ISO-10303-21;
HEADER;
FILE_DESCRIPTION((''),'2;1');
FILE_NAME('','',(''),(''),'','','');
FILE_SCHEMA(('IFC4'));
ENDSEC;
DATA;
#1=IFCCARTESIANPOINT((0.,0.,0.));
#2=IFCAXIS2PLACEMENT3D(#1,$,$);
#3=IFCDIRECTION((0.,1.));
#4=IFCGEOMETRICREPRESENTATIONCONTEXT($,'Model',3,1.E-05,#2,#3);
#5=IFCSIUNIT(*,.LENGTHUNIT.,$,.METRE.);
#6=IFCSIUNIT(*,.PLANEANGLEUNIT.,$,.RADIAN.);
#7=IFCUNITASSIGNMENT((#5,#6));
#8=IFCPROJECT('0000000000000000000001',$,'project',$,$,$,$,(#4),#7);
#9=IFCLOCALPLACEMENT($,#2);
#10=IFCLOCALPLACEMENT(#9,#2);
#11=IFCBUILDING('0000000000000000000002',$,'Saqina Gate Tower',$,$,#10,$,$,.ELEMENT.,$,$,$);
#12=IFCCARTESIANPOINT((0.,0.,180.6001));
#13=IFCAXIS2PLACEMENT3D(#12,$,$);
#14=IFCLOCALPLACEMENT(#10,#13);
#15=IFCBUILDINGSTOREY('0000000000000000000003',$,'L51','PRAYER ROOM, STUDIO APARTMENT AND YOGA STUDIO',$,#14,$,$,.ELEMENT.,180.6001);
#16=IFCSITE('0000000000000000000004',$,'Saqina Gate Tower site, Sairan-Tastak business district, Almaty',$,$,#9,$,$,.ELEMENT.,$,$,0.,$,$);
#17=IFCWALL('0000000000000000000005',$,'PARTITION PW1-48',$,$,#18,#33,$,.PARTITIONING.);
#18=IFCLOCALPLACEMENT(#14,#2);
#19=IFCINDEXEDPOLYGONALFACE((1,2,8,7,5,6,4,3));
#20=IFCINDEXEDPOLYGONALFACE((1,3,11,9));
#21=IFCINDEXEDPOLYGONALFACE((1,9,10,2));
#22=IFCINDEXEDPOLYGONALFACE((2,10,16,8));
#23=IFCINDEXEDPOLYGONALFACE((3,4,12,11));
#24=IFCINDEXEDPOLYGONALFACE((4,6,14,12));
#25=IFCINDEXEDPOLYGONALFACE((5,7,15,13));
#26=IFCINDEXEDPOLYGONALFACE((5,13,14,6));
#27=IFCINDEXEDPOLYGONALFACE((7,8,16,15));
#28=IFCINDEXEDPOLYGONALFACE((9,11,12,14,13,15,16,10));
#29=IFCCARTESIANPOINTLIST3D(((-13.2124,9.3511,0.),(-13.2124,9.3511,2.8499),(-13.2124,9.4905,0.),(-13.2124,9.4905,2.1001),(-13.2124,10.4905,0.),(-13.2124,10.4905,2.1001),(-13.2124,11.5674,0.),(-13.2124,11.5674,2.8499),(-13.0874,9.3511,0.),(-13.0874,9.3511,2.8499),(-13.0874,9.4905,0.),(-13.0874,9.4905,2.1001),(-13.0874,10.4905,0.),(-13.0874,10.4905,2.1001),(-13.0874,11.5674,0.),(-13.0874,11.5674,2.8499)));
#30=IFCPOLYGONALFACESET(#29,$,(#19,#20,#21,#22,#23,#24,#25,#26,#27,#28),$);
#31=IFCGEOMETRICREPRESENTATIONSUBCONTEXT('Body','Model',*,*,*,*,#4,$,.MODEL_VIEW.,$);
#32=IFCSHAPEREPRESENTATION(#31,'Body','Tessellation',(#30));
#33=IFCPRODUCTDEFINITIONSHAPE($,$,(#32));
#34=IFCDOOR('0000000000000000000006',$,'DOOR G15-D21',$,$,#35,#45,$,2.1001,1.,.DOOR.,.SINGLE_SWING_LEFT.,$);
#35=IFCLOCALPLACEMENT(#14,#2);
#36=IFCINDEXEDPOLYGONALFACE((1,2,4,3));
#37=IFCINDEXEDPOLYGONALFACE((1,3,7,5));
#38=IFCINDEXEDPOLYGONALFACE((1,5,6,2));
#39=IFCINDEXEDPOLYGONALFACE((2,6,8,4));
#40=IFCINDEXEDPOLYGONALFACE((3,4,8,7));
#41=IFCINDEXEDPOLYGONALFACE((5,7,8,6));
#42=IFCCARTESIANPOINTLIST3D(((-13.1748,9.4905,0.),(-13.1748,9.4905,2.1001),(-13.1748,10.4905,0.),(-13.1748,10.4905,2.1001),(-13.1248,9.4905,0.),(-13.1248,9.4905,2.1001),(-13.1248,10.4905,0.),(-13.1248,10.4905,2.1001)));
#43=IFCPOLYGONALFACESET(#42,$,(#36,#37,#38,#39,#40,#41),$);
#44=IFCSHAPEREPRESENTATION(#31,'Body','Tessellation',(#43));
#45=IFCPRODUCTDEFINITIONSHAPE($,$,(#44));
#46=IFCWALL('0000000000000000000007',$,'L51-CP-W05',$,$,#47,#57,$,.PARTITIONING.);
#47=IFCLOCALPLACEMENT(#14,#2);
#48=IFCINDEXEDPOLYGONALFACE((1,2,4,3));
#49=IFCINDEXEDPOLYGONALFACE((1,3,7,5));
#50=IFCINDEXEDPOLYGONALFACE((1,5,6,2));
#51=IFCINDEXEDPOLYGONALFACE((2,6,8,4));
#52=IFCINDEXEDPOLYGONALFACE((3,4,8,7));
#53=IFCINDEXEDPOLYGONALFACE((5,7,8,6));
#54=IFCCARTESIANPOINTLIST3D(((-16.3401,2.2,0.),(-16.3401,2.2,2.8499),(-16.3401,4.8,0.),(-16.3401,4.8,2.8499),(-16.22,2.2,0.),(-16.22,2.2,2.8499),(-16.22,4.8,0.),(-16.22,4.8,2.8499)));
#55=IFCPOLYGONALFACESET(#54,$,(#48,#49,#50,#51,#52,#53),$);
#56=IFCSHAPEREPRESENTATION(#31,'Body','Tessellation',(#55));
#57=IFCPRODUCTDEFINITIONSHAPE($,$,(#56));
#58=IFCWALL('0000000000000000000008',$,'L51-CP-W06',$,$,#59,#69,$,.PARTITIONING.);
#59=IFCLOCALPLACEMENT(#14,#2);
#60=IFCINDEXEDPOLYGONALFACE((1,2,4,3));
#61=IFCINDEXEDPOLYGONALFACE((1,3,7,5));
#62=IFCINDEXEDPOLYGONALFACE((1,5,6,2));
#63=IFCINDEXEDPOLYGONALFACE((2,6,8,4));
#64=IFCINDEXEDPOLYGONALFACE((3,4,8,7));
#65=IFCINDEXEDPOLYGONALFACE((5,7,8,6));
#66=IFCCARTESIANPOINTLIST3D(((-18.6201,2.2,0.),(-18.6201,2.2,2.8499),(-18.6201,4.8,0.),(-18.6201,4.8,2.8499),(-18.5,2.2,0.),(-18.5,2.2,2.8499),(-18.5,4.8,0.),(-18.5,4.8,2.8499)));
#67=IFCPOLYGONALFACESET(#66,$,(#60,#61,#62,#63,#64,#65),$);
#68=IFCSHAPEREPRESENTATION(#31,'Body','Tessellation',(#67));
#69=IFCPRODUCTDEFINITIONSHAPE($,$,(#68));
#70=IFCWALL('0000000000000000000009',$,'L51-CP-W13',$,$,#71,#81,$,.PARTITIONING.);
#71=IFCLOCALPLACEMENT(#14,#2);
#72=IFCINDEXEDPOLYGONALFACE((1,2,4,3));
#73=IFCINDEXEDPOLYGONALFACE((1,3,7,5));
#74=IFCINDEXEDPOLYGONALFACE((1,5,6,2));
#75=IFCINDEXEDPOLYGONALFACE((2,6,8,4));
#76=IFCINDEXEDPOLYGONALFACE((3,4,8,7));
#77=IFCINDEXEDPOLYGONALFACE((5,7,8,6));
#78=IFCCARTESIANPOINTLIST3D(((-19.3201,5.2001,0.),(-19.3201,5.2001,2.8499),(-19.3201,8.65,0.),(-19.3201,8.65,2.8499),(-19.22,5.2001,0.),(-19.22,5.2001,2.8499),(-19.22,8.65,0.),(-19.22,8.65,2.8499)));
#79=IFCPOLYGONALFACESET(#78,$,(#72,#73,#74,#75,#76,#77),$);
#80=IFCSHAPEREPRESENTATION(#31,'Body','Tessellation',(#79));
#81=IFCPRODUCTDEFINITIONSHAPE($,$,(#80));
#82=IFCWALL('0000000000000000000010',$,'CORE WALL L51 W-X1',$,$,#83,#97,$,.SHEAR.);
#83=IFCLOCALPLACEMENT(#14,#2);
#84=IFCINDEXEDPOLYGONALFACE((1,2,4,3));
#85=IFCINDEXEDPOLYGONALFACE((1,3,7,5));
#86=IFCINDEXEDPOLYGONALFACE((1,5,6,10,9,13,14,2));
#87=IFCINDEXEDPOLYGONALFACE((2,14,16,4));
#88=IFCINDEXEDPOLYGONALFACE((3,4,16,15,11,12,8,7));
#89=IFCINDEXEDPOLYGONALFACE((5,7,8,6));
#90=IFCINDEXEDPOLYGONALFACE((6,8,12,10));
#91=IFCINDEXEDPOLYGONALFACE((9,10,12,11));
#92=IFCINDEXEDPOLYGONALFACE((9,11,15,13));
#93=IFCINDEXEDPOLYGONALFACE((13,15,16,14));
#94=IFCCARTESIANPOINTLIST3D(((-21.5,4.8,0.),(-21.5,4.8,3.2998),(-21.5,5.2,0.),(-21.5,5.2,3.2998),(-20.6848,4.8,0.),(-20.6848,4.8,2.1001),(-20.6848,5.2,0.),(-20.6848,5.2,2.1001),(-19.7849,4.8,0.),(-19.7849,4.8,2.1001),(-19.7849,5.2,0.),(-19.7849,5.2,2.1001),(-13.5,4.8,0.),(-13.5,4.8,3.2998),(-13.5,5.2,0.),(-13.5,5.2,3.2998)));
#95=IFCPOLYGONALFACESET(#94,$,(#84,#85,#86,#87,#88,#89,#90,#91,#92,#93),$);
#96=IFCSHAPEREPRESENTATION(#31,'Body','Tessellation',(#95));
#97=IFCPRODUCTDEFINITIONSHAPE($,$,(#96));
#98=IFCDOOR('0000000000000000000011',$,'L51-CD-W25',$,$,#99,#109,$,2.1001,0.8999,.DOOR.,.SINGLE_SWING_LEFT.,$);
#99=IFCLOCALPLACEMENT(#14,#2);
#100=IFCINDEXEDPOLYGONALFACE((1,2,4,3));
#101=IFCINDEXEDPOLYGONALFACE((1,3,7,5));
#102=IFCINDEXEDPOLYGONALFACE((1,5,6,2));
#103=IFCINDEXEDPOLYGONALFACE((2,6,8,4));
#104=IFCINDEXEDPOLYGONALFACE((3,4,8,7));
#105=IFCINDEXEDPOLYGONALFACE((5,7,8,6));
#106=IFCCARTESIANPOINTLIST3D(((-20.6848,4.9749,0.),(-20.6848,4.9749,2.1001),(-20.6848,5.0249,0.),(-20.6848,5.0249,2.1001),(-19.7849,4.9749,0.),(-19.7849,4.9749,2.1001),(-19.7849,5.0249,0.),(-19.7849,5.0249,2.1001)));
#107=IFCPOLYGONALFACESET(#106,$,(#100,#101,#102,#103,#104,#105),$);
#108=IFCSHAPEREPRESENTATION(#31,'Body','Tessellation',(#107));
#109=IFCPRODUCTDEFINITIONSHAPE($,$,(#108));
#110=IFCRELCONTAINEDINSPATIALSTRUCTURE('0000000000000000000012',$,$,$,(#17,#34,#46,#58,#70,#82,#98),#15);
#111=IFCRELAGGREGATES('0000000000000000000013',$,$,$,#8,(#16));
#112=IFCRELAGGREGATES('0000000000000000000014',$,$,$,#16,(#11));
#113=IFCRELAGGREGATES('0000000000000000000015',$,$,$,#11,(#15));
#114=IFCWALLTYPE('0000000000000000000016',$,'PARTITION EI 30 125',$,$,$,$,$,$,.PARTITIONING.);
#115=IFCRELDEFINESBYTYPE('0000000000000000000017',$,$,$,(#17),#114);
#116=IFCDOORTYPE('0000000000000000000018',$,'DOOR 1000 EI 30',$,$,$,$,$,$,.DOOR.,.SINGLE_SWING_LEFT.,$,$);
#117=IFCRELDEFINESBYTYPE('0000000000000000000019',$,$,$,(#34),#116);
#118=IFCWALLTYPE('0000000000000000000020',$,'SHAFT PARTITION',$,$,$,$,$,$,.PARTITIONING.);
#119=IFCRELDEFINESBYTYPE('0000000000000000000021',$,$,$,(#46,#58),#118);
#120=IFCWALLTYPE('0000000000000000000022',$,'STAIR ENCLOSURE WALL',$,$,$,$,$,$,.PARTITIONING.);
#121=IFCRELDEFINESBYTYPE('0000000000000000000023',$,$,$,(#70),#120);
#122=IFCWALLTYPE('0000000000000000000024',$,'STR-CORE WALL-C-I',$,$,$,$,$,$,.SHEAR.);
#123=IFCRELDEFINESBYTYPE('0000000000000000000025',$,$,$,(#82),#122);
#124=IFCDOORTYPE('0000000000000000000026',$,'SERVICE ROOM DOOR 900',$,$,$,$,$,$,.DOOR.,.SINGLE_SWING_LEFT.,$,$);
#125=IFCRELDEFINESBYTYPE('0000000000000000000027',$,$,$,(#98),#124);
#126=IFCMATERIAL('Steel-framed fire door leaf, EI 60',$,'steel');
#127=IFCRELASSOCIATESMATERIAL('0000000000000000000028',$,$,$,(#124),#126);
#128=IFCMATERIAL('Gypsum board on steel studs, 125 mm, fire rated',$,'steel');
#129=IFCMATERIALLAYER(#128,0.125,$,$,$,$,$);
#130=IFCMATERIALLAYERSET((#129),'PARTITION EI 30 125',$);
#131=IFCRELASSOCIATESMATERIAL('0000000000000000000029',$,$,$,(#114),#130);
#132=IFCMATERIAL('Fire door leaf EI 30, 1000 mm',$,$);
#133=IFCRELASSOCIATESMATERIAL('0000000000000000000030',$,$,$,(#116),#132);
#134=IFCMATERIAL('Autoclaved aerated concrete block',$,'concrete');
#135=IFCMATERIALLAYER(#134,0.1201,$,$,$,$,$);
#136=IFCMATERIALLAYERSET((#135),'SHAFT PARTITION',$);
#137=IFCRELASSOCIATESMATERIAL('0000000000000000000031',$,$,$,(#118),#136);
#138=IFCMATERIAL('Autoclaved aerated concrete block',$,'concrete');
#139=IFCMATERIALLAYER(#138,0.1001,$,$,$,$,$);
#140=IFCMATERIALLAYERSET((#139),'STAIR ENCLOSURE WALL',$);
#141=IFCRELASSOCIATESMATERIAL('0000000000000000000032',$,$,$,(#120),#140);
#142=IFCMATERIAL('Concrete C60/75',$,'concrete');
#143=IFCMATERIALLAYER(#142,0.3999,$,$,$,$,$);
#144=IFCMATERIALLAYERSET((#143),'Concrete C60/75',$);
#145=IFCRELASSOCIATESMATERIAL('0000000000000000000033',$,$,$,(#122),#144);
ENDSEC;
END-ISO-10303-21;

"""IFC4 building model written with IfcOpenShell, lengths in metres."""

from ifc_helpers import new_model, si_unit, direction, frame, frame_2d, origin, place, context, subcontext, project, spatial, rectangle, extrude, material, layer, layer_set, type_object, element, fill, save


model = new_model("IFC4")

# Units and contexts
model_context = context("Model", 3, precision=1e-05, world=origin(), true_north=direction((0.0, 1.0)))
body_context = subcontext(model_context, "Body", "Model", "MODEL_VIEW")
ifc_project = project(units=[si_unit("LENGTHUNIT", "METRE"), si_unit("PLANEANGLEUNIT", "RADIAN")], contexts=[model_context])

# Site, building, storey
site_placement = place(None, origin())
site = spatial("IfcSite", under=ifc_project, at=site_placement, Name="Saqina Gate Tower site, Sairan-Tastak business district, Almaty", CompositionType="ELEMENT", RefElevation=0.0)
building_placement = place(site_placement, origin())
building = spatial("IfcBuilding", under=site, at=building_placement, Name="Saqina Gate Tower", CompositionType="ELEMENT")
storey_placement = place(building_placement, frame((0.0, 0.0, 180.6001)))
storey = spatial("IfcBuildingStorey", under=building, at=storey_placement, Name="L51", Description="PRAYER ROOM, STUDIO APARTMENT AND YOGA STUDIO", CompositionType="ELEMENT", Elevation=180.6001)

# Shared definitions
ifc_material_1 = material(Name="Steel-framed fire door leaf, EI 60", Category="steel")
door_type_1 = type_object("IfcDoorType", Name="SERVICE ROOM DOOR 900", OperationType="SINGLE_SWING_LEFT", PredefinedType="DOOR", material=ifc_material_1)

# Shared definitions
ifc_material_2 = material(Name="Gypsum board on steel studs, 125 mm, fire rated", Category="steel")
ifc_layer_1 = layer(ifc_material_2, 0.125)
ifc_layer_set_1 = layer_set([ifc_layer_1], Name="PARTITION EI 30 125")
wall_type_1 = type_object("IfcWallType", Name="PARTITION EI 30 125", PredefinedType="PARTITIONING", material=ifc_layer_set_1)

# Wall, opening, door
wall_1_placement = place(storey_placement, frame((-13.1499, 9.3511, 0.0), z_axis=(0.0, 0.0, 1.0), x_axis=(0.0, 1.0, 0.0)))
wall_1 = element("IfcWall", 1, at=wall_1_placement, inside=storey, type_object=wall_type_1, Name="PARTITION PW1-48", PredefinedType="PARTITIONING", context=body_context, shape_type="SweptSolid", body=[
    extrude(rectangle(XDim=2.2163, YDim=0.125, at=frame_2d((1.1082, 0.0))), origin(), (0.0, 0.0, 1.0), 2.8499),
])
opening_1_placement = place(wall_1_placement, frame((0.1394, 0.0, 0.0)))
opening_1 = element("IfcOpeningElement", 2, at=opening_1_placement, cuts=wall_1, PredefinedType="OPENING", context=body_context, shape_type="SweptSolid", body=[
    extrude(rectangle(XDim=1.0, YDim=2.1001, at=frame_2d((0.5, 1.05))), frame((0.0, 0.0745, 0.0), z_axis=(0.0, -1.0, 0.0), x_axis=(1.0, 0.0, 0.0)), (0.0, 0.0, 1.0), 0.1489),
])
ifc_material_3 = material(Name="Fire door leaf EI 30, 1000 mm")
door_type_2 = type_object("IfcDoorType", Name="DOOR 1000 EI 30", OperationType="SINGLE_SWING_LEFT", PredefinedType="DOOR", material=ifc_material_3)
door_1_placement = place(opening_1_placement, origin())
door_1 = element("IfcDoor", 3, at=door_1_placement, inside=storey, type_object=door_type_2, Name="DOOR G15-D21", OperationType="SINGLE_SWING_LEFT", OverallHeight=2.1001, OverallWidth=1.0, PredefinedType="DOOR", context=body_context, shape_type="SweptSolid", body=[
    extrude(rectangle(XDim=1.0, YDim=2.1001, at=frame_2d((0.5, 1.05))), frame((0.0, 0.0249, 0.0), z_axis=(0.0, -1.0, 0.0), x_axis=(1.0, 0.0, 0.0)), (0.0, 0.0, 1.0), 0.05),
])
fill(opening_1, door_1)

# Walls
ifc_material_4 = material(Name="Autoclaved aerated concrete block", Category="concrete")
ifc_layer_2 = layer(ifc_material_4, 0.1201)
ifc_layer_set_2 = layer_set([ifc_layer_2], Name="SHAFT PARTITION")
wall_type_2 = type_object("IfcWallType", Name="SHAFT PARTITION", PredefinedType="PARTITIONING", material=ifc_layer_set_2)
for number, where, z_axis, x_axis, name in (
    (4, (-16.28, 2.2, 0.0), (0.0, 0.0, 1.0), (0.0, 1.0, 0.0), "L51-CP-W05"),
    (5, (-18.5601, 2.2, 0.0), (0.0, 0.0, 1.0), (0.0, 1.0, 0.0), "L51-CP-W06"),
):
    element("IfcWall", number, at=place(storey_placement, frame(where, z_axis=z_axis, x_axis=x_axis)), inside=storey, type_object=wall_type_2, Name=name, PredefinedType="PARTITIONING", context=body_context, shape_type="SweptSolid", body=[
        extrude(rectangle(XDim=2.6001, YDim=0.1201, at=frame_2d((1.3, 0.0))), origin(), (0.0, 0.0, 1.0), 2.8499),
    ])
ifc_material_5 = material(Name="Autoclaved aerated concrete block", Category="concrete")
ifc_layer_3 = layer(ifc_material_5, 0.1001)
ifc_layer_set_3 = layer_set([ifc_layer_3], Name="STAIR ENCLOSURE WALL")
wall_type_3 = type_object("IfcWallType", Name="STAIR ENCLOSURE WALL", PredefinedType="PARTITIONING", material=ifc_layer_set_3)
wall_2_placement = place(storey_placement, frame((-19.27, 5.2, 0.0), z_axis=(0.0, 0.0, 1.0), x_axis=(0.0, 1.0, 0.0)))
element("IfcWall", 6, at=wall_2_placement, inside=storey, type_object=wall_type_3, Name="L51-CP-W13", PredefinedType="PARTITIONING", context=body_context, shape_type="SweptSolid", body=[
    extrude(rectangle(XDim=3.45, YDim=0.1001, at=frame_2d((1.7251, 0.0))), origin(), (0.0, 0.0, 1.0), 2.8499),
])

# Wall, opening, door
ifc_material_6 = material(Name="Concrete C60/75", Category="concrete")
ifc_layer_4 = layer(ifc_material_6, 0.3999)
ifc_layer_set_4 = layer_set([ifc_layer_4], Name="Concrete C60/75")
wall_type_4 = type_object("IfcWallType", Name="STR-CORE WALL-C-I", PredefinedType="SHEAR", material=ifc_layer_set_4)
wall_3_placement = place(storey_placement, frame((-13.5, 5.0, 0.0), z_axis=(0.0, 0.0, 1.0), x_axis=(-1.0, 0.0, 0.0)))
wall_3 = element("IfcWall", 7, at=wall_3_placement, inside=storey, type_object=wall_type_4, Name="CORE WALL L51 W-X1", PredefinedType="SHEAR", context=body_context, shape_type="SweptSolid", body=[
    extrude(rectangle(XDim=8.0, YDim=0.3999, at=frame_2d((4.0, 0.0))), origin(), (0.0, 0.0, 1.0), 3.2998),
])
opening_2_placement = place(wall_3_placement, frame((6.2849, 0.0, 0.0)))
opening_2 = element("IfcOpeningElement", 8, at=opening_2_placement, cuts=wall_3, PredefinedType="OPENING", context=body_context, shape_type="SweptSolid", body=[
    extrude(rectangle(XDim=0.8999, YDim=2.1001, at=frame_2d((0.45, 1.05))), frame((0.0, 0.2119, 0.0), z_axis=(0.0, -1.0, 0.0), x_axis=(1.0, 0.0, 0.0)), (0.0, 0.0, 1.0), 0.4238),
])
door_2_placement = place(opening_2_placement, frame((0.8999, 0.0, 0.0), z_axis=(0.0, 0.0, 1.0), x_axis=(-1.0, 0.0, 0.0)))
door_2 = element("IfcDoor", 9, at=door_2_placement, inside=storey, type_object=door_type_1, Name="L51-CD-W25", OperationType="SINGLE_SWING_LEFT", OverallHeight=2.1001, OverallWidth=0.8999, PredefinedType="DOOR", context=body_context, shape_type="SweptSolid", body=[
    extrude(rectangle(XDim=0.8999, YDim=2.1001, at=frame_2d((0.45, 1.05))), frame((0.0, 0.0249, 0.0), z_axis=(0.0, -1.0, 0.0), x_axis=(1.0, 0.0, 0.0)), (0.0, 0.0, 1.0), 0.05),
])
fill(opening_2, door_2)

save(model, "model.ifc")
